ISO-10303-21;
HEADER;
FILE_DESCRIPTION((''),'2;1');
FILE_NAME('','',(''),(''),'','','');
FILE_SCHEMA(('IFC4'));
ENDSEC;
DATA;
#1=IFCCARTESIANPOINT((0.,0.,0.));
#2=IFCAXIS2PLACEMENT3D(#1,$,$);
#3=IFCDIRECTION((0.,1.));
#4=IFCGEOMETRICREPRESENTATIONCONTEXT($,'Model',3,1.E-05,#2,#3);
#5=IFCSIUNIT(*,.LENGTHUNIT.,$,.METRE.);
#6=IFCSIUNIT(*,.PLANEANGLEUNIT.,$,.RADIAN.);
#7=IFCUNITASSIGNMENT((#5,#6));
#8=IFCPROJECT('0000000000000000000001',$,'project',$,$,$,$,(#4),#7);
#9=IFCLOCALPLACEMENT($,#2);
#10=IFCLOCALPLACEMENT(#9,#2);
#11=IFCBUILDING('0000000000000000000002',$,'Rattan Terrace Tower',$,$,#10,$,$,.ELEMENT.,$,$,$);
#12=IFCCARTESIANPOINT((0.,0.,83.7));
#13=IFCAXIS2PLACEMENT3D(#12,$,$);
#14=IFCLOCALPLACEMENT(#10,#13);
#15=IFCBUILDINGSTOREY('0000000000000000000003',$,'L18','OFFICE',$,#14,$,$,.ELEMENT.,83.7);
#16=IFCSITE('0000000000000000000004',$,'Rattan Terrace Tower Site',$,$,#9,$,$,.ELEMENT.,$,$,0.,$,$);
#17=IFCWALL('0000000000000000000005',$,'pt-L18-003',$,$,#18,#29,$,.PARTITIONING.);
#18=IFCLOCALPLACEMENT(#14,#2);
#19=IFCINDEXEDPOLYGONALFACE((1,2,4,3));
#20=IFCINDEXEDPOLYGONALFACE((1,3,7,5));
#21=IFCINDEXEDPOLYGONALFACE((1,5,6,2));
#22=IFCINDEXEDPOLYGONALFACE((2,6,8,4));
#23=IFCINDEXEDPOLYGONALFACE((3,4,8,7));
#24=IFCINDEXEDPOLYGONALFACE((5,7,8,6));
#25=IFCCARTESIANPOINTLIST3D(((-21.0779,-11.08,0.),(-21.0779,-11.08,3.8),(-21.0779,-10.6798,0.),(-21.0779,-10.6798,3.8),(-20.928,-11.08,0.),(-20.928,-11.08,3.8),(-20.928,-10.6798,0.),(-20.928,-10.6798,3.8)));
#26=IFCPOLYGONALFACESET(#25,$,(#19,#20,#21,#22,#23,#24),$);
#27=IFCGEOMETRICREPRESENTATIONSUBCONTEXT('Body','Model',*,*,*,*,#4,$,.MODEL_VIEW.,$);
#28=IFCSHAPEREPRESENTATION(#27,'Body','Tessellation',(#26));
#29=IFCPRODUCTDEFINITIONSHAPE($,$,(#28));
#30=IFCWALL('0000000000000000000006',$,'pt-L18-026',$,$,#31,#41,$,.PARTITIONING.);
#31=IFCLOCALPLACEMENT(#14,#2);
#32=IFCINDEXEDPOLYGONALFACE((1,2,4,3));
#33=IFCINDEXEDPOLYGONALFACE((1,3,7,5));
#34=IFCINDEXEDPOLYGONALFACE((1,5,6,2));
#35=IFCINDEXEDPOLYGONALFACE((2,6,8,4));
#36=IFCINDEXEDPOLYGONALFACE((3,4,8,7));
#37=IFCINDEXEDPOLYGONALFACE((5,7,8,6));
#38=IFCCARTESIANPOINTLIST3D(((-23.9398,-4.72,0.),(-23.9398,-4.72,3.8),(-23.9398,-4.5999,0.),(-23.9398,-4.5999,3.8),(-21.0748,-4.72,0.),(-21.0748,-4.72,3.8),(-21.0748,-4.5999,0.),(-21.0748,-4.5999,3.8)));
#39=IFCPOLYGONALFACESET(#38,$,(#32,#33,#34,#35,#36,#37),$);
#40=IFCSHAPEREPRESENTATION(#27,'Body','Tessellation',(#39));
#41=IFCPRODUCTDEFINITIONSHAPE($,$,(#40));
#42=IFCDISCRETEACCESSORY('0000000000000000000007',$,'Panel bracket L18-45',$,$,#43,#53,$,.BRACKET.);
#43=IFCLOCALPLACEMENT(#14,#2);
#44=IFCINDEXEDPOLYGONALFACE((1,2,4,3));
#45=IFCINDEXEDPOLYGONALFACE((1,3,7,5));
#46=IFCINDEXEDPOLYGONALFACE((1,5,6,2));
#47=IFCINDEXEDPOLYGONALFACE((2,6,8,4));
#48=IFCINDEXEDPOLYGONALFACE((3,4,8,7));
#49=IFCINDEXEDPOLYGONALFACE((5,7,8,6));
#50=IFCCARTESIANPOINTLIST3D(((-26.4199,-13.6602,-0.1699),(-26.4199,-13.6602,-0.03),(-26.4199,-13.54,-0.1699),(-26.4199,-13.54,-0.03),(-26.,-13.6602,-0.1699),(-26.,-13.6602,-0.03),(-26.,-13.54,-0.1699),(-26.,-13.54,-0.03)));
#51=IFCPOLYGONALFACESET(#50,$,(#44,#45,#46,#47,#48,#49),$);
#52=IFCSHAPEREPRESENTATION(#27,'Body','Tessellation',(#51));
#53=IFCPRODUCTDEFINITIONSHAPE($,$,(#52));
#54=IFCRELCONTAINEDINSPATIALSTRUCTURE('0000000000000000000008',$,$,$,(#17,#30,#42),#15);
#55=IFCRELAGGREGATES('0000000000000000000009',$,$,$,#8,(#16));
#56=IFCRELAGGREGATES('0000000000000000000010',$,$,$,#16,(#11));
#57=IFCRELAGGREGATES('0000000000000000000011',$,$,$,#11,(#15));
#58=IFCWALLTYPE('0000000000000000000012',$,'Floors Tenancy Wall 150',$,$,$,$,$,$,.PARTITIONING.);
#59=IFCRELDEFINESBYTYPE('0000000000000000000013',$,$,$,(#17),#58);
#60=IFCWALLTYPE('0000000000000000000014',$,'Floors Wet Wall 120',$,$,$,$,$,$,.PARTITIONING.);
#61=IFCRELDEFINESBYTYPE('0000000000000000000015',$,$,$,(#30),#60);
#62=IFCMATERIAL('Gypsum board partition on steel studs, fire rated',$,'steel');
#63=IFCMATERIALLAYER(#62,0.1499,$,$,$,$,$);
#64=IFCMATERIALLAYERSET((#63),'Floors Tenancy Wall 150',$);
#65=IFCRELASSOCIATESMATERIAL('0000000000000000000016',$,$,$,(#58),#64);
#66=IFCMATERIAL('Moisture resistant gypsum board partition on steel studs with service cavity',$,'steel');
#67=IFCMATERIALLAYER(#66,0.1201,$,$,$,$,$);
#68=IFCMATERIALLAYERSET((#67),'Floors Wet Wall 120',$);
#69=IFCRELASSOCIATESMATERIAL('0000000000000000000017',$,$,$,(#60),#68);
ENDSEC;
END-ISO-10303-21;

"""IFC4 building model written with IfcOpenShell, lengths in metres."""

from ifc_helpers import new_model, si_unit, direction, frame, frame_2d, origin, origin_2d, place, context, subcontext, project, spatial, rectangle, extrude, material, layer, layer_set, type_object, element, save


model = new_model("IFC4")

# Units and contexts
model_context = context("Model", 3, precision=1e-05, world=origin(), true_north=direction((0.0, 1.0)))
body_context = subcontext(model_context, "Body", "Model", "MODEL_VIEW")
ifc_project = project(units=[si_unit("LENGTHUNIT", "METRE"), si_unit("PLANEANGLEUNIT", "RADIAN")], contexts=[model_context])

# Site, building, storey
site_placement = place(None, origin())
site = spatial("IfcSite", under=ifc_project, at=site_placement, Name="Rattan Terrace Tower Site", CompositionType="ELEMENT", RefElevation=0.0)
building_placement = place(site_placement, origin())
building = spatial("IfcBuilding", under=site, at=building_placement, Name="Rattan Terrace Tower", CompositionType="ELEMENT")
storey_placement = place(building_placement, frame((0.0, 0.0, 83.7)))
storey = spatial("IfcBuildingStorey", under=building, at=storey_placement, Name="L18", Description="OFFICE", CompositionType="ELEMENT", Elevation=83.7)

# Walls
ifc_material_1 = material(Name="Gypsum board partition on steel studs, fire rated", Category="steel")
ifc_layer_1 = layer(ifc_material_1, 0.1499)
ifc_layer_set_1 = layer_set([ifc_layer_1], Name="Floors Tenancy Wall 150")
wall_type_1 = type_object("IfcWallType", Name="Floors Tenancy Wall 150", PredefinedType="PARTITIONING", material=ifc_layer_set_1)
wall_1_placement = place(storey_placement, frame((-21.0029, -11.0801, 0.0), z_axis=(0.0, 0.0, 1.0), x_axis=(0.0, 1.0, 0.0)))
element("IfcWall", 1, at=wall_1_placement, inside=storey, type_object=wall_type_1, Name="pt-L18-003", PredefinedType="PARTITIONING", context=body_context, shape_type="SweptSolid", body=[
    extrude(rectangle(XDim=0.4001, YDim=0.1499, at=frame_2d((0.2002, 0.0))), origin(), (0.0, 0.0, 1.0), 3.8),
])
ifc_material_2 = material(Name="Moisture resistant gypsum board partition on steel studs with service cavity", Category="steel")
ifc_layer_2 = layer(ifc_material_2, 0.1201)
ifc_layer_set_2 = layer_set([ifc_layer_2], Name="Floors Wet Wall 120")
wall_type_2 = type_object("IfcWallType", Name="Floors Wet Wall 120", PredefinedType="PARTITIONING", material=ifc_layer_set_2)
wall_2_placement = place(storey_placement, frame((-23.9399, -4.6599, 0.0), z_axis=(0.0, 0.0, 1.0), x_axis=(1.0, 0.0, 0.0)))
element("IfcWall", 2, at=wall_2_placement, inside=storey, type_object=wall_type_2, Name="pt-L18-026", PredefinedType="PARTITIONING", context=body_context, shape_type="SweptSolid", body=[
    extrude(rectangle(XDim=2.865, YDim=0.1201, at=frame_2d((1.4326, 0.0))), origin(), (0.0, 0.0, 1.0), 3.8),
])

# Discrete accessory
discrete_accessory_placement = place(storey_placement, frame((-26.21, -13.6001, -0.1699), z_axis=(0.0, 0.0, 1.0), x_axis=(0.0, -1.0, 0.0)))
element("IfcDiscreteAccessory", 3, at=discrete_accessory_placement, inside=storey, Name="Panel bracket L18-45", PredefinedType="BRACKET", context=body_context, shape_type="SweptSolid", body=[
    extrude(rectangle(XDim=0.1201, YDim=0.4199, at=origin_2d()), origin(), (0.0, 0.0, 1.0), 0.1399),
])

save(model, "model.ifc")
